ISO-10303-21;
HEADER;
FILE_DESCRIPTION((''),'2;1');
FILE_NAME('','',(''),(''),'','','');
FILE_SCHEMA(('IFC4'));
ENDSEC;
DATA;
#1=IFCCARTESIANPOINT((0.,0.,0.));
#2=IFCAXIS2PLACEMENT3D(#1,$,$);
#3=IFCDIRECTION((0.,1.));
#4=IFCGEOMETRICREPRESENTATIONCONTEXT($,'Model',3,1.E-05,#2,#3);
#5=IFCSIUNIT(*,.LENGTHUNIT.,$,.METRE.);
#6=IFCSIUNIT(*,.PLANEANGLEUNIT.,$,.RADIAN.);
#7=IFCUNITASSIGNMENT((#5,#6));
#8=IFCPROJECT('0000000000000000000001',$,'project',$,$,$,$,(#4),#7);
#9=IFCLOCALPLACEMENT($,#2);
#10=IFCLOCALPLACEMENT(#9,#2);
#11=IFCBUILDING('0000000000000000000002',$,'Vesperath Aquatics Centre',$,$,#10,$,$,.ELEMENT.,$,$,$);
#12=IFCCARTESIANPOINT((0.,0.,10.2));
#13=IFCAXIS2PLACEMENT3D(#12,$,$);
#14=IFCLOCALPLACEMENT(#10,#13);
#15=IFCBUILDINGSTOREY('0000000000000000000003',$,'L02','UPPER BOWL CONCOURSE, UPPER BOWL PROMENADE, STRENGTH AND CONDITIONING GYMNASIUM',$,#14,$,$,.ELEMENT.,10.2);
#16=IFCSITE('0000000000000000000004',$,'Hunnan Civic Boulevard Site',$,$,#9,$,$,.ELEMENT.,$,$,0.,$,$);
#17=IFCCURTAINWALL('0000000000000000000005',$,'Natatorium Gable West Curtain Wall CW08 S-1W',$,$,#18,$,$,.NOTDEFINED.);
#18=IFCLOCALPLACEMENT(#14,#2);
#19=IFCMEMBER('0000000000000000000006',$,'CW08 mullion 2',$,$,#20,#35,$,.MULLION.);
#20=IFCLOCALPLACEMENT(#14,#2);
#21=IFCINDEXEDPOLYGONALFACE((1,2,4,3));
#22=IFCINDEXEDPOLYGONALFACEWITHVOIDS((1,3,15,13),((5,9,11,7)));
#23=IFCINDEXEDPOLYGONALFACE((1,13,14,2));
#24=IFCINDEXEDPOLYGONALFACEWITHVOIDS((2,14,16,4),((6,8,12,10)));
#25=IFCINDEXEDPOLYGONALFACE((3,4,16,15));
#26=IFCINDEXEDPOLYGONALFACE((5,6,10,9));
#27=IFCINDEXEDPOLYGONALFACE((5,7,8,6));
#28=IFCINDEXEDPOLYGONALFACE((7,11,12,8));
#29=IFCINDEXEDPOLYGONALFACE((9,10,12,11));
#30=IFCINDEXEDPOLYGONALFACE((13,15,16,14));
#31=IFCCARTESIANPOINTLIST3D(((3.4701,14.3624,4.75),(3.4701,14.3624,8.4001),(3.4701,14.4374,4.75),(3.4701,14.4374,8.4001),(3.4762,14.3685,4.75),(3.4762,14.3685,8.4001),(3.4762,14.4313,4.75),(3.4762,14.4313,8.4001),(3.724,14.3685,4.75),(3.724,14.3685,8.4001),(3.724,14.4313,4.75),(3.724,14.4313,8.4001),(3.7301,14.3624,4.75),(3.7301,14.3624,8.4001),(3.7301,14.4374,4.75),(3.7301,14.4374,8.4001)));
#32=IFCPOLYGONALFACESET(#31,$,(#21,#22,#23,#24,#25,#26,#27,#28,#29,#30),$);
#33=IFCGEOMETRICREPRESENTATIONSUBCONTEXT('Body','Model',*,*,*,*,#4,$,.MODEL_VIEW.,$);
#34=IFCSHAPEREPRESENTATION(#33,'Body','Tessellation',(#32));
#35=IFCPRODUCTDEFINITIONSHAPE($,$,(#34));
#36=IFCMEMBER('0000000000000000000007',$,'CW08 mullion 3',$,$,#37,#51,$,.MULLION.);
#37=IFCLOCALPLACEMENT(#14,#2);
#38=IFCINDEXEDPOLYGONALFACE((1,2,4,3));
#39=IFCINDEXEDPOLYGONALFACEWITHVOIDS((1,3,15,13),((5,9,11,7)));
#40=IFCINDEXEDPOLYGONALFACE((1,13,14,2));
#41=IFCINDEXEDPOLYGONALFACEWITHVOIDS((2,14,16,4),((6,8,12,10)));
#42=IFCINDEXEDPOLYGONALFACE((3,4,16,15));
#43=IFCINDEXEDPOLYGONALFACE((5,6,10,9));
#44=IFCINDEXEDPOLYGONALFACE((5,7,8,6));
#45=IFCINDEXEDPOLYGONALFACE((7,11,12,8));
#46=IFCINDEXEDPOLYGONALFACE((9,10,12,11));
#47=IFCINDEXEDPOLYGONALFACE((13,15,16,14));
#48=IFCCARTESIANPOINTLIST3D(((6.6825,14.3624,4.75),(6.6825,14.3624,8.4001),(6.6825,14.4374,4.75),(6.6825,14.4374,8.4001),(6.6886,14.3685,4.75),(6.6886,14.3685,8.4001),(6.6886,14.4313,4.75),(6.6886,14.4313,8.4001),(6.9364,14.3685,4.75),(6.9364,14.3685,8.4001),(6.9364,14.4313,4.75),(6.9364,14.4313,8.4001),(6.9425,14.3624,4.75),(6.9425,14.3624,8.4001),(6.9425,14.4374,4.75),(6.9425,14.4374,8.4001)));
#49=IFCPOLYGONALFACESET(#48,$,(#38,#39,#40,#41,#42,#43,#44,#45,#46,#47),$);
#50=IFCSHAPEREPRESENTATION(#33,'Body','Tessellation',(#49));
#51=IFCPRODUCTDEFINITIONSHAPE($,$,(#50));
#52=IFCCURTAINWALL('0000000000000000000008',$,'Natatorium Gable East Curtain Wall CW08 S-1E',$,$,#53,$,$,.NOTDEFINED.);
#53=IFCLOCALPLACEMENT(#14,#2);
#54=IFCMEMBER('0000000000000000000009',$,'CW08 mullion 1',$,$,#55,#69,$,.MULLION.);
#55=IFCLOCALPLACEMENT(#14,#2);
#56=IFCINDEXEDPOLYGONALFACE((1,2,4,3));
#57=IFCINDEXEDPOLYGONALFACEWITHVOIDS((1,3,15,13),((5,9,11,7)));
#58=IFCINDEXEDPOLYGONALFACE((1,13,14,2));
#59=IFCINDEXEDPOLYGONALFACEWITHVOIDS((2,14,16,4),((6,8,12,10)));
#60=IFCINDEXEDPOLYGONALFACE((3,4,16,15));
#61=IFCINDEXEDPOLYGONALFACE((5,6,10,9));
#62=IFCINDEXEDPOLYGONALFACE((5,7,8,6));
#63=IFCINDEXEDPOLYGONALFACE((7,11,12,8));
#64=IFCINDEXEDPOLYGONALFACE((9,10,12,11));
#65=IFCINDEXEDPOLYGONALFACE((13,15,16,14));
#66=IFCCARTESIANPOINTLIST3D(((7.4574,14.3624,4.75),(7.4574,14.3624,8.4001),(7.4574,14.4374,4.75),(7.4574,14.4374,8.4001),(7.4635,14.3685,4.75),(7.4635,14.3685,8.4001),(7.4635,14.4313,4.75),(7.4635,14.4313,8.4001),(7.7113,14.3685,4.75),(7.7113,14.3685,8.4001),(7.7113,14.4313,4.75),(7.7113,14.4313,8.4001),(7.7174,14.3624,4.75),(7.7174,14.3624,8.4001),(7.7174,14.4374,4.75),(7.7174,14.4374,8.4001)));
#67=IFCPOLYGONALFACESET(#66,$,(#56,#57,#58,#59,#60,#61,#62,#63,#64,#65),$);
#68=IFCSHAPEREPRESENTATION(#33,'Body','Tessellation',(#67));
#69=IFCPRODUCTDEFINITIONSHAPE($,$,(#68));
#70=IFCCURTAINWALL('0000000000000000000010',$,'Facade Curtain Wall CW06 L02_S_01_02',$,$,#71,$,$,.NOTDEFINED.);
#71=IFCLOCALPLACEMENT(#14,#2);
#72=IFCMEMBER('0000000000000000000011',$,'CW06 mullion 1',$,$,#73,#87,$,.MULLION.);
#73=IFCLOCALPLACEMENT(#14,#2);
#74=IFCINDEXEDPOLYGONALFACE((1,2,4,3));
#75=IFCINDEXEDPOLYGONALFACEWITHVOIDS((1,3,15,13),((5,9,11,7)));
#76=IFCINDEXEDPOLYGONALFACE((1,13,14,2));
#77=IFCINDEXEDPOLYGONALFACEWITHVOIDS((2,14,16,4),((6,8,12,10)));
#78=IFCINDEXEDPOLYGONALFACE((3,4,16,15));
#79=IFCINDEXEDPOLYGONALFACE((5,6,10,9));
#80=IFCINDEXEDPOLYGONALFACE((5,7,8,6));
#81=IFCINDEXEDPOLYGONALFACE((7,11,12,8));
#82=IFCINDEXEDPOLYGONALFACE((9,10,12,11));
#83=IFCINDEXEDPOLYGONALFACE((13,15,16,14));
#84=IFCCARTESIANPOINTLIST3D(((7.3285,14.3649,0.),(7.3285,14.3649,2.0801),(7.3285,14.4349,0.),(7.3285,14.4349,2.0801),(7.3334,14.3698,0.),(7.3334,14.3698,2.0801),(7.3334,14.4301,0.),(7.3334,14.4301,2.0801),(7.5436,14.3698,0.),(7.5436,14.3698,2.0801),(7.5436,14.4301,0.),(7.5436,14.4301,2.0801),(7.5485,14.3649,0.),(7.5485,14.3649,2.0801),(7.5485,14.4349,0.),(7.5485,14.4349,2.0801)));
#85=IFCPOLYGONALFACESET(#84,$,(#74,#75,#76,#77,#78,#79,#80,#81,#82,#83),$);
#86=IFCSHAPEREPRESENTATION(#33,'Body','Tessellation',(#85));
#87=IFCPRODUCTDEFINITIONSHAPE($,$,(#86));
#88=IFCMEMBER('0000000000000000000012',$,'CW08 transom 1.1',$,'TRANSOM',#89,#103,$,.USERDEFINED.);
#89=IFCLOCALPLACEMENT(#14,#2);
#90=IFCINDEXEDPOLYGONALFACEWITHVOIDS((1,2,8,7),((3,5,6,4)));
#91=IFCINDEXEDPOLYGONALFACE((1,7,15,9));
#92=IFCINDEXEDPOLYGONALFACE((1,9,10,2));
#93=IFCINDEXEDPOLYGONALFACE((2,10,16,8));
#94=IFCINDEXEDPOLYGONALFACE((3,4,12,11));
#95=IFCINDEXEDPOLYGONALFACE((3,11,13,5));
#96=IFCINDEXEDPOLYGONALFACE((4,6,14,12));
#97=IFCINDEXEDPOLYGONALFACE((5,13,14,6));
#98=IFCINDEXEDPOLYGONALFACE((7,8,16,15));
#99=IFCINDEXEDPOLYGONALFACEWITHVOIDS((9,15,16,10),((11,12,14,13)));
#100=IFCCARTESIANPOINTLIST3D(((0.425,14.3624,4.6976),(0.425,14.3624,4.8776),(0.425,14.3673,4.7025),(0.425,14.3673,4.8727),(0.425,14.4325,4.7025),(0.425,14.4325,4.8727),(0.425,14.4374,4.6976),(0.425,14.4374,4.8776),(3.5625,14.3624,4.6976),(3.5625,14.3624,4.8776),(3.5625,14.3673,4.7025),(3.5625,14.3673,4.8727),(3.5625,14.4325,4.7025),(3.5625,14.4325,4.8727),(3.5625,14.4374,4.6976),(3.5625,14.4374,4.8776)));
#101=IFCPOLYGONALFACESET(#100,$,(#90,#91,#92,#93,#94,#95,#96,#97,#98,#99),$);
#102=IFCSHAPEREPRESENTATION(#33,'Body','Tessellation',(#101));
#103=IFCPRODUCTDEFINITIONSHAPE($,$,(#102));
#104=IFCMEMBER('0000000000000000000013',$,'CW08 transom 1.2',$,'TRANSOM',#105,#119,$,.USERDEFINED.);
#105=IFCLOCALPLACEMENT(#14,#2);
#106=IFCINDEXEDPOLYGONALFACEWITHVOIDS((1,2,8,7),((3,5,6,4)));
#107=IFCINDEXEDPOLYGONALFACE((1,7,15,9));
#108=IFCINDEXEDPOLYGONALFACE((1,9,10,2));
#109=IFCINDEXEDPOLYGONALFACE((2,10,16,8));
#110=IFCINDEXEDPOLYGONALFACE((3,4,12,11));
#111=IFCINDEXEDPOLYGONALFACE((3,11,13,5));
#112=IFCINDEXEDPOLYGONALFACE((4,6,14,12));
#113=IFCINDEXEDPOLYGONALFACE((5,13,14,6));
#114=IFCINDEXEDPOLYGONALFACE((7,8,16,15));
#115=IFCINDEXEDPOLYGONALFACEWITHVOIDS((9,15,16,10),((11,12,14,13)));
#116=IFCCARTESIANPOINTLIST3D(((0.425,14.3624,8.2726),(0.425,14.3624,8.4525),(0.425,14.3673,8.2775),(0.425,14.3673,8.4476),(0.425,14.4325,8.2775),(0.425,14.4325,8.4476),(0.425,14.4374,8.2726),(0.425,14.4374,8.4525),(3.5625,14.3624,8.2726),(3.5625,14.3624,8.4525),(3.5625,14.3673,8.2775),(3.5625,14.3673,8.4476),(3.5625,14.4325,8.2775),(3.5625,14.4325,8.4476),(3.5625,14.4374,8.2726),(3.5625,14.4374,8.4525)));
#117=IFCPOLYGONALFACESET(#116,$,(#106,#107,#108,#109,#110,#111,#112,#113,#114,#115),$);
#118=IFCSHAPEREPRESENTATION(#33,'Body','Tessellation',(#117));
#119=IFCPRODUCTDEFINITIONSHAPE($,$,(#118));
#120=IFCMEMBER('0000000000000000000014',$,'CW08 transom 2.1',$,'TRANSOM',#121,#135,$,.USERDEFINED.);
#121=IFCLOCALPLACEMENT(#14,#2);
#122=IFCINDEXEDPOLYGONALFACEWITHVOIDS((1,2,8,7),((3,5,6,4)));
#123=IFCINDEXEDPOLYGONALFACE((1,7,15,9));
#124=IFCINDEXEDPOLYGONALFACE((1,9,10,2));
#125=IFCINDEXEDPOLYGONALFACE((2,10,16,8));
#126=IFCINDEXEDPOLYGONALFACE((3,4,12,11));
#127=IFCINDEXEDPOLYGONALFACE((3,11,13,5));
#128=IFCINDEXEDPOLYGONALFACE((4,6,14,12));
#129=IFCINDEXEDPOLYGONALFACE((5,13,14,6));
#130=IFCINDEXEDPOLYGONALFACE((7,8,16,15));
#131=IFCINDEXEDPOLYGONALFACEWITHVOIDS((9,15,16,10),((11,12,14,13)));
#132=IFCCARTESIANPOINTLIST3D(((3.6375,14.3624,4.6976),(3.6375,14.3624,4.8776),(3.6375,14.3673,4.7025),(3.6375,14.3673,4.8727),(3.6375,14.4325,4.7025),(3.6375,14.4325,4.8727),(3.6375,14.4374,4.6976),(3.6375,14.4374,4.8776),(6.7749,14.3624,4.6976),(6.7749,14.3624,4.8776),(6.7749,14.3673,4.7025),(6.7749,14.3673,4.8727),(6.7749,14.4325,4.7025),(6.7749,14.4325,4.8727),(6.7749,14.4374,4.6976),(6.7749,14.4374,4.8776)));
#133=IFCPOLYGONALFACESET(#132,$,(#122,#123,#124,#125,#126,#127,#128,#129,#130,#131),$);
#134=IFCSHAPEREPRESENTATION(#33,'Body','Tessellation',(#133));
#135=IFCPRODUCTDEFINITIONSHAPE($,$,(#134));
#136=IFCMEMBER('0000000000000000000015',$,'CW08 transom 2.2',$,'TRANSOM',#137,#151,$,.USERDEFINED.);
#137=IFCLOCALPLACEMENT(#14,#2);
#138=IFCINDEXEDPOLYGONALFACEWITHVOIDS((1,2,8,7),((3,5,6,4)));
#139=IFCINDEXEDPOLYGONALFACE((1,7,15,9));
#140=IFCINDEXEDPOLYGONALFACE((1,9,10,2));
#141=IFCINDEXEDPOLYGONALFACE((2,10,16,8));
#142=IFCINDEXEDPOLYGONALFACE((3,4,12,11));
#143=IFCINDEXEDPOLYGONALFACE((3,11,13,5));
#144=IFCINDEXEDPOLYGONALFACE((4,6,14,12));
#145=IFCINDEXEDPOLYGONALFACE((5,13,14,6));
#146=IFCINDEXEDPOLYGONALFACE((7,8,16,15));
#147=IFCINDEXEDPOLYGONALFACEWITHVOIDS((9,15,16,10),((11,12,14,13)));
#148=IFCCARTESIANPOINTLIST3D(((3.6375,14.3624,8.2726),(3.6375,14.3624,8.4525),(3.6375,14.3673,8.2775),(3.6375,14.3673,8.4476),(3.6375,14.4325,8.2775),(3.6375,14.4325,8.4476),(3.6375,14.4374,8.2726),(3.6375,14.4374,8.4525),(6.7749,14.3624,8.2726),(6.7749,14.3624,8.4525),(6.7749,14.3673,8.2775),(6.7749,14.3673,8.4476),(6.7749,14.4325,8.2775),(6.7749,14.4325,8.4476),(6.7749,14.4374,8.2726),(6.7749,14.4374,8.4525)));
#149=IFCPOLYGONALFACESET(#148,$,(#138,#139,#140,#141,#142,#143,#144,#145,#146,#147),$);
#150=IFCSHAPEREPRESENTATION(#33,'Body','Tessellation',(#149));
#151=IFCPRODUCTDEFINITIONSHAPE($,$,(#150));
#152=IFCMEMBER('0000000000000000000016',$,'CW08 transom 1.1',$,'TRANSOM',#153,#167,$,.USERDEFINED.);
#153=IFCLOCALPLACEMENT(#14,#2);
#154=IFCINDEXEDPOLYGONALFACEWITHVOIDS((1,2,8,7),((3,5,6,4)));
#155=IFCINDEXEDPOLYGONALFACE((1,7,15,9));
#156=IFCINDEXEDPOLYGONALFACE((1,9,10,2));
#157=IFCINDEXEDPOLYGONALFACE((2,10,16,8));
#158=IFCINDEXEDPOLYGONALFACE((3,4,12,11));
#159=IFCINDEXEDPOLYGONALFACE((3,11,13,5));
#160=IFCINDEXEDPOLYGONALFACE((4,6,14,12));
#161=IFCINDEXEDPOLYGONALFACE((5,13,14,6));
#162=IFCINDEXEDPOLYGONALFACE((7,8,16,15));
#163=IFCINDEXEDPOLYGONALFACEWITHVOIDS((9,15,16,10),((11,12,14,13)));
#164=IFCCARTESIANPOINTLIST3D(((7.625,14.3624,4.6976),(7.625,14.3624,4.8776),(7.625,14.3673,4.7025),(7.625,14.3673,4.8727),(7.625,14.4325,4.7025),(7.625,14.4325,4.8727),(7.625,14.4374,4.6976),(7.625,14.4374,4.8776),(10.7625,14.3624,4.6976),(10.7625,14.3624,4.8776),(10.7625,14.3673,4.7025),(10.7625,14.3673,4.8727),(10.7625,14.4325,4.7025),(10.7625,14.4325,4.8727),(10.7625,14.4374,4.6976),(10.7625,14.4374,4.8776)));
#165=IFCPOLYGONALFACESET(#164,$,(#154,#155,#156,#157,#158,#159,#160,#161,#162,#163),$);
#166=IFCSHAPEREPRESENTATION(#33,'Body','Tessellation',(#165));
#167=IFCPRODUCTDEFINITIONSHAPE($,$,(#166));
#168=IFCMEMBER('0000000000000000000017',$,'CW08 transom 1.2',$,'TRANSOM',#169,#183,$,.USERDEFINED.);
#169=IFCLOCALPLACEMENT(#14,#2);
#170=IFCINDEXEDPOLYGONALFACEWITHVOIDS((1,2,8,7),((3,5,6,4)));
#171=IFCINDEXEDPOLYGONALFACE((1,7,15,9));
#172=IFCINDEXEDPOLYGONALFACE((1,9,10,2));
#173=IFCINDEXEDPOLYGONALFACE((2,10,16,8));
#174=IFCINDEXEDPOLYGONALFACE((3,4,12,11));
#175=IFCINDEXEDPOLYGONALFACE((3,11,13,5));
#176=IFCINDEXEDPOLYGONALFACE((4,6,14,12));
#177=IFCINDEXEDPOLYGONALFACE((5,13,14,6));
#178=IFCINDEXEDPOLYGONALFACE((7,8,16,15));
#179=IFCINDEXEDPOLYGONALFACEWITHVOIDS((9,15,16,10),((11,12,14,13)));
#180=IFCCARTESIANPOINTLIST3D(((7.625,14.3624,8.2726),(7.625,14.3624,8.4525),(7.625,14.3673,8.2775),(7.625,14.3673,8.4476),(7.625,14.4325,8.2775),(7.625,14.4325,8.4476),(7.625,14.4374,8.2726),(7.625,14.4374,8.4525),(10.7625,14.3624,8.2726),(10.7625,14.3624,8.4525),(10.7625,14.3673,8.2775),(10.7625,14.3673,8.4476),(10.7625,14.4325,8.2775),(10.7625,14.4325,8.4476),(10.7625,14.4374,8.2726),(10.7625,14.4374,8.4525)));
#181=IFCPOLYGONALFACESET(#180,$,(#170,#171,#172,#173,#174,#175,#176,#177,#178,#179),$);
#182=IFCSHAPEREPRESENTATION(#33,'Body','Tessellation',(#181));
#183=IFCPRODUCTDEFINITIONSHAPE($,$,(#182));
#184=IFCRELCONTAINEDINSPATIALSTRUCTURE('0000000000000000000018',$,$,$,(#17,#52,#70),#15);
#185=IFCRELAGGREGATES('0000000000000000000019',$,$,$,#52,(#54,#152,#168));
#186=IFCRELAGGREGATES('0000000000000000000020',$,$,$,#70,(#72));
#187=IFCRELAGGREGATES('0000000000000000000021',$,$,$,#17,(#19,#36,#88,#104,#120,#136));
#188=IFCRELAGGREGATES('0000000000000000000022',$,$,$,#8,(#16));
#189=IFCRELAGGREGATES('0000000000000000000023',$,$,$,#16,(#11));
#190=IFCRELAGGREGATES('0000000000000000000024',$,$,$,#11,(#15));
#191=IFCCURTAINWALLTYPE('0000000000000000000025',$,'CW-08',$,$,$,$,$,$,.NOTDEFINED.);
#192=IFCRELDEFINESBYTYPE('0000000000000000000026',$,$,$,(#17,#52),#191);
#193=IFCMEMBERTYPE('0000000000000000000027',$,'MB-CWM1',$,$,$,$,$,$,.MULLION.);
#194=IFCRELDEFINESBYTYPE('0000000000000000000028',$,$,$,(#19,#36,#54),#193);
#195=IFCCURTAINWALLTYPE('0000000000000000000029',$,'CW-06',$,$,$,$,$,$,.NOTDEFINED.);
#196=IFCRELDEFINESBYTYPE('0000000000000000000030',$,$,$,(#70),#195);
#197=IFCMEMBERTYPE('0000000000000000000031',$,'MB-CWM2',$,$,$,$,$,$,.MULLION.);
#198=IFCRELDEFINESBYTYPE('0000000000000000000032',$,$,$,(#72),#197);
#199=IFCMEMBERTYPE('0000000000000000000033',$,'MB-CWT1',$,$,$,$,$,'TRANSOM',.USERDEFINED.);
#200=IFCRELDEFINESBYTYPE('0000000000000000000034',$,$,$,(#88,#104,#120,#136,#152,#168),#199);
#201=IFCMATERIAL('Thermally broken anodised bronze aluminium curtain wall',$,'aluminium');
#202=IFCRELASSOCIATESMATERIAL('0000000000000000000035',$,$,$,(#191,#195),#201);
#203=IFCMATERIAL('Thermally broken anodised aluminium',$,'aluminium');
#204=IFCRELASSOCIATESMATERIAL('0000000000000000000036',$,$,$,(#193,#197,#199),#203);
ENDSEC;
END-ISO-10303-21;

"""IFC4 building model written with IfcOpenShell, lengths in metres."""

from ifc_helpers import new_model, si_unit, direction, frame, origin, origin_2d, place, context, subcontext, project, spatial, hollow_rectangle, extrude, material, material_profile, profile_set, type_object, element, aggregate, save


model = new_model("IFC4")

# Units and contexts
model_context = context("Model", 3, precision=1e-05, world=origin(), true_north=direction((0.0, 1.0)))
body_context = subcontext(model_context, "Body", "Model", "MODEL_VIEW")
ifc_project = project(units=[si_unit("LENGTHUNIT", "METRE"), si_unit("PLANEANGLEUNIT", "RADIAN")], contexts=[model_context])

# Site, building, storey
site_placement = place(None, origin())
site = spatial("IfcSite", under=ifc_project, at=site_placement, Name="Hunnan Civic Boulevard Site", CompositionType="ELEMENT", RefElevation=0.0)
building_placement = place(site_placement, origin())
building = spatial("IfcBuilding", under=site, at=building_placement, Name="Vesperath Aquatics Centre", CompositionType="ELEMENT")
storey_placement = place(building_placement, frame((0.0, 0.0, 10.2)))
storey = spatial("IfcBuildingStorey", under=building, at=storey_placement, Name="L02", Description="UPPER BOWL CONCOURSE, UPPER BOWL PROMENADE, STRENGTH AND CONDITIONING GYMNASIUM", CompositionType="ELEMENT", Elevation=10.2)

# Curtain wall, members
ifc_material_1 = material(Name="Thermally broken anodised bronze aluminium curtain wall", Category="aluminium")
curtain_wall_type_1 = type_object("IfcCurtainWallType", Name="CW-08", PredefinedType="NOTDEFINED", material=ifc_material_1)
curtain_wall_1_placement = place(storey_placement, origin())
curtain_wall_1 = element("IfcCurtainWall", 1, at=curtain_wall_1_placement, inside=storey, type_object=curtain_wall_type_1, Name="Natatorium Gable West Curtain Wall CW08 S-1W", PredefinedType="NOTDEFINED")
ifc_material_2 = material(Name="Thermally broken anodised aluminium", Category="aluminium")
ifc_material_profile_1 = material_profile(ifc_material_2, hollow_rectangle(XDim=0.075, YDim=0.26, WallThickness=0.0061, at=origin_2d()), Name="CWM 75x260x6")
ifc_profile_set_1 = profile_set([ifc_material_profile_1], Name="Thermally broken anodised aluminium")
member_type_1 = type_object("IfcMemberType", Name="MB-CWM1", PredefinedType="MULLION", material=ifc_profile_set_1)
member_1_placement = place(storey_placement, frame((3.6001, 14.3999, 4.75), z_axis=(0.0, 0.0, 1.0), x_axis=(0.0, 1.0, 0.0)))
member_1 = element("IfcMember", 2, at=member_1_placement, type_object=member_type_1, Name="CW08 mullion 2", PredefinedType="MULLION", context=body_context, shape_type="SweptSolid", body=[
    extrude(hollow_rectangle(XDim=0.075, YDim=0.26, WallThickness=0.0061, at=origin_2d()), origin(), (0.0, 0.0, 1.0), 3.6501),
])
member_2_placement = place(storey_placement, frame((6.8125, 14.3999, 4.75), z_axis=(0.0, 0.0, 1.0), x_axis=(0.0, 1.0, 0.0)))
member_2 = element("IfcMember", 3, at=member_2_placement, type_object=member_type_1, Name="CW08 mullion 3", PredefinedType="MULLION", context=body_context, shape_type="SweptSolid", body=[
    extrude(hollow_rectangle(XDim=0.075, YDim=0.26, WallThickness=0.0061, at=origin_2d()), origin(), (0.0, 0.0, 1.0), 3.6501),
])

# Curtain walls, members
curtain_wall_2_placement = place(storey_placement, origin())
curtain_wall_2 = element("IfcCurtainWall", 4, at=curtain_wall_2_placement, inside=storey, type_object=curtain_wall_type_1, Name="Natatorium Gable East Curtain Wall CW08 S-1E", PredefinedType="NOTDEFINED")
member_3_placement = place(storey_placement, frame((7.5874, 14.3999, 4.75), z_axis=(0.0, 0.0, 1.0), x_axis=(0.0, 1.0, 0.0)))
member_3 = element("IfcMember", 5, at=member_3_placement, type_object=member_type_1, Name="CW08 mullion 1", PredefinedType="MULLION", context=body_context, shape_type="SweptSolid", body=[
    extrude(hollow_rectangle(XDim=0.075, YDim=0.26, WallThickness=0.0061, at=origin_2d()), origin(), (0.0, 0.0, 1.0), 3.6501),
])
curtain_wall_type_2 = type_object("IfcCurtainWallType", Name="CW-06", PredefinedType="NOTDEFINED", material=ifc_material_1)
curtain_wall_3_placement = place(storey_placement, origin())
curtain_wall_3 = element("IfcCurtainWall", 6, at=curtain_wall_3_placement, inside=storey, type_object=curtain_wall_type_2, Name="Facade Curtain Wall CW06 L02_S_01_02", PredefinedType="NOTDEFINED")
ifc_material_profile_2 = material_profile(ifc_material_2, hollow_rectangle(XDim=0.0701, YDim=0.22, WallThickness=0.0049, at=origin_2d()), Name="CWM 70x220x5")
ifc_profile_set_2 = profile_set([ifc_material_profile_2], Name="Thermally broken anodised aluminium")
member_type_2 = type_object("IfcMemberType", Name="MB-CWM2", PredefinedType="MULLION", material=ifc_profile_set_2)
member_4_placement = place(storey_placement, frame((7.4385, 14.3999, 0.0), z_axis=(0.0, 0.0, 1.0), x_axis=(0.0, 1.0, 0.0)))
member_4 = element("IfcMember", 7, at=member_4_placement, type_object=member_type_2, Name="CW06 mullion 1", PredefinedType="MULLION", context=body_context, shape_type="SweptSolid", body=[
    extrude(hollow_rectangle(XDim=0.0701, YDim=0.22, WallThickness=0.0049, at=origin_2d()), origin(), (0.0, 0.0, 1.0), 2.0801),
])

# Members
ifc_material_profile_3 = material_profile(ifc_material_2, hollow_rectangle(XDim=0.075, YDim=0.1799, WallThickness=0.0049, at=origin_2d()), Name="CWT 75x180x5")
ifc_profile_set_3 = profile_set([ifc_material_profile_3], Name="Thermally broken anodised aluminium")
member_type_3 = type_object("IfcMemberType", Name="MB-CWT1", ElementType="TRANSOM", PredefinedType="USERDEFINED", material=ifc_profile_set_3)
member_5_placement = place(storey_placement, frame((0.425, 14.3999, 4.7876), z_axis=(1.0, 0.0, 0.0), x_axis=(0.0, 1.0, 0.0)))
member_5 = element("IfcMember", 8, at=member_5_placement, type_object=member_type_3, Name="CW08 transom 1.1", ObjectType="TRANSOM", PredefinedType="USERDEFINED", context=body_context, shape_type="SweptSolid", body=[
    extrude(hollow_rectangle(XDim=0.075, YDim=0.1799, WallThickness=0.0049, at=origin_2d()), origin(), (0.0, 0.0, 1.0), 3.1375),
])
member_6_placement = place(storey_placement, frame((0.425, 14.3999, 8.3625), z_axis=(1.0, 0.0, 0.0), x_axis=(0.0, 1.0, 0.0)))
member_6 = element("IfcMember", 9, at=member_6_placement, type_object=member_type_3, Name="CW08 transom 1.2", ObjectType="TRANSOM", PredefinedType="USERDEFINED", context=body_context, shape_type="SweptSolid", body=[
    extrude(hollow_rectangle(XDim=0.075, YDim=0.1799, WallThickness=0.0049, at=origin_2d()), origin(), (0.0, 0.0, 1.0), 3.1375),
])
member_7_placement = place(storey_placement, frame((3.6375, 14.3999, 4.7876), z_axis=(1.0, 0.0, 0.0), x_axis=(0.0, 1.0, 0.0)))
member_7 = element("IfcMember", 10, at=member_7_placement, type_object=member_type_3, Name="CW08 transom 2.1", ObjectType="TRANSOM", PredefinedType="USERDEFINED", context=body_context, shape_type="SweptSolid", body=[
    extrude(hollow_rectangle(XDim=0.075, YDim=0.1799, WallThickness=0.0049, at=origin_2d()), origin(), (0.0, 0.0, 1.0), 3.1375),
])
member_8_placement = place(storey_placement, frame((3.6375, 14.3999, 8.3625), z_axis=(1.0, 0.0, 0.0), x_axis=(0.0, 1.0, 0.0)))
member_8 = element("IfcMember", 11, at=member_8_placement, type_object=member_type_3, Name="CW08 transom 2.2", ObjectType="TRANSOM", PredefinedType="USERDEFINED", context=body_context, shape_type="SweptSolid", body=[
    extrude(hollow_rectangle(XDim=0.075, YDim=0.1799, WallThickness=0.0049, at=origin_2d()), origin(), (0.0, 0.0, 1.0), 3.1375),
])
member_9_placement = place(storey_placement, frame((7.625, 14.3999, 4.7876), z_axis=(1.0, 0.0, 0.0), x_axis=(0.0, 1.0, 0.0)))
member_9 = element("IfcMember", 12, at=member_9_placement, type_object=member_type_3, Name="CW08 transom 1.1", ObjectType="TRANSOM", PredefinedType="USERDEFINED", context=body_context, shape_type="SweptSolid", body=[
    extrude(hollow_rectangle(XDim=0.075, YDim=0.1799, WallThickness=0.0049, at=origin_2d()), origin(), (0.0, 0.0, 1.0), 3.1375),
])
member_10_placement = place(storey_placement, frame((7.625, 14.3999, 8.3625), z_axis=(1.0, 0.0, 0.0), x_axis=(0.0, 1.0, 0.0)))
member_10 = element("IfcMember", 13, at=member_10_placement, type_object=member_type_3, Name="CW08 transom 1.2", ObjectType="TRANSOM", PredefinedType="USERDEFINED", context=body_context, shape_type="SweptSolid", body=[
    extrude(hollow_rectangle(XDim=0.075, YDim=0.1799, WallThickness=0.0049, at=origin_2d()), origin(), (0.0, 0.0, 1.0), 3.1375),
])
aggregate(curtain_wall_2, [member_3, member_9, member_10])
aggregate(curtain_wall_3, [member_4])

aggregate(curtain_wall_1, [member_1, member_2, member_5, member_6, member_7, member_8])

save(model, "model.ifc")
